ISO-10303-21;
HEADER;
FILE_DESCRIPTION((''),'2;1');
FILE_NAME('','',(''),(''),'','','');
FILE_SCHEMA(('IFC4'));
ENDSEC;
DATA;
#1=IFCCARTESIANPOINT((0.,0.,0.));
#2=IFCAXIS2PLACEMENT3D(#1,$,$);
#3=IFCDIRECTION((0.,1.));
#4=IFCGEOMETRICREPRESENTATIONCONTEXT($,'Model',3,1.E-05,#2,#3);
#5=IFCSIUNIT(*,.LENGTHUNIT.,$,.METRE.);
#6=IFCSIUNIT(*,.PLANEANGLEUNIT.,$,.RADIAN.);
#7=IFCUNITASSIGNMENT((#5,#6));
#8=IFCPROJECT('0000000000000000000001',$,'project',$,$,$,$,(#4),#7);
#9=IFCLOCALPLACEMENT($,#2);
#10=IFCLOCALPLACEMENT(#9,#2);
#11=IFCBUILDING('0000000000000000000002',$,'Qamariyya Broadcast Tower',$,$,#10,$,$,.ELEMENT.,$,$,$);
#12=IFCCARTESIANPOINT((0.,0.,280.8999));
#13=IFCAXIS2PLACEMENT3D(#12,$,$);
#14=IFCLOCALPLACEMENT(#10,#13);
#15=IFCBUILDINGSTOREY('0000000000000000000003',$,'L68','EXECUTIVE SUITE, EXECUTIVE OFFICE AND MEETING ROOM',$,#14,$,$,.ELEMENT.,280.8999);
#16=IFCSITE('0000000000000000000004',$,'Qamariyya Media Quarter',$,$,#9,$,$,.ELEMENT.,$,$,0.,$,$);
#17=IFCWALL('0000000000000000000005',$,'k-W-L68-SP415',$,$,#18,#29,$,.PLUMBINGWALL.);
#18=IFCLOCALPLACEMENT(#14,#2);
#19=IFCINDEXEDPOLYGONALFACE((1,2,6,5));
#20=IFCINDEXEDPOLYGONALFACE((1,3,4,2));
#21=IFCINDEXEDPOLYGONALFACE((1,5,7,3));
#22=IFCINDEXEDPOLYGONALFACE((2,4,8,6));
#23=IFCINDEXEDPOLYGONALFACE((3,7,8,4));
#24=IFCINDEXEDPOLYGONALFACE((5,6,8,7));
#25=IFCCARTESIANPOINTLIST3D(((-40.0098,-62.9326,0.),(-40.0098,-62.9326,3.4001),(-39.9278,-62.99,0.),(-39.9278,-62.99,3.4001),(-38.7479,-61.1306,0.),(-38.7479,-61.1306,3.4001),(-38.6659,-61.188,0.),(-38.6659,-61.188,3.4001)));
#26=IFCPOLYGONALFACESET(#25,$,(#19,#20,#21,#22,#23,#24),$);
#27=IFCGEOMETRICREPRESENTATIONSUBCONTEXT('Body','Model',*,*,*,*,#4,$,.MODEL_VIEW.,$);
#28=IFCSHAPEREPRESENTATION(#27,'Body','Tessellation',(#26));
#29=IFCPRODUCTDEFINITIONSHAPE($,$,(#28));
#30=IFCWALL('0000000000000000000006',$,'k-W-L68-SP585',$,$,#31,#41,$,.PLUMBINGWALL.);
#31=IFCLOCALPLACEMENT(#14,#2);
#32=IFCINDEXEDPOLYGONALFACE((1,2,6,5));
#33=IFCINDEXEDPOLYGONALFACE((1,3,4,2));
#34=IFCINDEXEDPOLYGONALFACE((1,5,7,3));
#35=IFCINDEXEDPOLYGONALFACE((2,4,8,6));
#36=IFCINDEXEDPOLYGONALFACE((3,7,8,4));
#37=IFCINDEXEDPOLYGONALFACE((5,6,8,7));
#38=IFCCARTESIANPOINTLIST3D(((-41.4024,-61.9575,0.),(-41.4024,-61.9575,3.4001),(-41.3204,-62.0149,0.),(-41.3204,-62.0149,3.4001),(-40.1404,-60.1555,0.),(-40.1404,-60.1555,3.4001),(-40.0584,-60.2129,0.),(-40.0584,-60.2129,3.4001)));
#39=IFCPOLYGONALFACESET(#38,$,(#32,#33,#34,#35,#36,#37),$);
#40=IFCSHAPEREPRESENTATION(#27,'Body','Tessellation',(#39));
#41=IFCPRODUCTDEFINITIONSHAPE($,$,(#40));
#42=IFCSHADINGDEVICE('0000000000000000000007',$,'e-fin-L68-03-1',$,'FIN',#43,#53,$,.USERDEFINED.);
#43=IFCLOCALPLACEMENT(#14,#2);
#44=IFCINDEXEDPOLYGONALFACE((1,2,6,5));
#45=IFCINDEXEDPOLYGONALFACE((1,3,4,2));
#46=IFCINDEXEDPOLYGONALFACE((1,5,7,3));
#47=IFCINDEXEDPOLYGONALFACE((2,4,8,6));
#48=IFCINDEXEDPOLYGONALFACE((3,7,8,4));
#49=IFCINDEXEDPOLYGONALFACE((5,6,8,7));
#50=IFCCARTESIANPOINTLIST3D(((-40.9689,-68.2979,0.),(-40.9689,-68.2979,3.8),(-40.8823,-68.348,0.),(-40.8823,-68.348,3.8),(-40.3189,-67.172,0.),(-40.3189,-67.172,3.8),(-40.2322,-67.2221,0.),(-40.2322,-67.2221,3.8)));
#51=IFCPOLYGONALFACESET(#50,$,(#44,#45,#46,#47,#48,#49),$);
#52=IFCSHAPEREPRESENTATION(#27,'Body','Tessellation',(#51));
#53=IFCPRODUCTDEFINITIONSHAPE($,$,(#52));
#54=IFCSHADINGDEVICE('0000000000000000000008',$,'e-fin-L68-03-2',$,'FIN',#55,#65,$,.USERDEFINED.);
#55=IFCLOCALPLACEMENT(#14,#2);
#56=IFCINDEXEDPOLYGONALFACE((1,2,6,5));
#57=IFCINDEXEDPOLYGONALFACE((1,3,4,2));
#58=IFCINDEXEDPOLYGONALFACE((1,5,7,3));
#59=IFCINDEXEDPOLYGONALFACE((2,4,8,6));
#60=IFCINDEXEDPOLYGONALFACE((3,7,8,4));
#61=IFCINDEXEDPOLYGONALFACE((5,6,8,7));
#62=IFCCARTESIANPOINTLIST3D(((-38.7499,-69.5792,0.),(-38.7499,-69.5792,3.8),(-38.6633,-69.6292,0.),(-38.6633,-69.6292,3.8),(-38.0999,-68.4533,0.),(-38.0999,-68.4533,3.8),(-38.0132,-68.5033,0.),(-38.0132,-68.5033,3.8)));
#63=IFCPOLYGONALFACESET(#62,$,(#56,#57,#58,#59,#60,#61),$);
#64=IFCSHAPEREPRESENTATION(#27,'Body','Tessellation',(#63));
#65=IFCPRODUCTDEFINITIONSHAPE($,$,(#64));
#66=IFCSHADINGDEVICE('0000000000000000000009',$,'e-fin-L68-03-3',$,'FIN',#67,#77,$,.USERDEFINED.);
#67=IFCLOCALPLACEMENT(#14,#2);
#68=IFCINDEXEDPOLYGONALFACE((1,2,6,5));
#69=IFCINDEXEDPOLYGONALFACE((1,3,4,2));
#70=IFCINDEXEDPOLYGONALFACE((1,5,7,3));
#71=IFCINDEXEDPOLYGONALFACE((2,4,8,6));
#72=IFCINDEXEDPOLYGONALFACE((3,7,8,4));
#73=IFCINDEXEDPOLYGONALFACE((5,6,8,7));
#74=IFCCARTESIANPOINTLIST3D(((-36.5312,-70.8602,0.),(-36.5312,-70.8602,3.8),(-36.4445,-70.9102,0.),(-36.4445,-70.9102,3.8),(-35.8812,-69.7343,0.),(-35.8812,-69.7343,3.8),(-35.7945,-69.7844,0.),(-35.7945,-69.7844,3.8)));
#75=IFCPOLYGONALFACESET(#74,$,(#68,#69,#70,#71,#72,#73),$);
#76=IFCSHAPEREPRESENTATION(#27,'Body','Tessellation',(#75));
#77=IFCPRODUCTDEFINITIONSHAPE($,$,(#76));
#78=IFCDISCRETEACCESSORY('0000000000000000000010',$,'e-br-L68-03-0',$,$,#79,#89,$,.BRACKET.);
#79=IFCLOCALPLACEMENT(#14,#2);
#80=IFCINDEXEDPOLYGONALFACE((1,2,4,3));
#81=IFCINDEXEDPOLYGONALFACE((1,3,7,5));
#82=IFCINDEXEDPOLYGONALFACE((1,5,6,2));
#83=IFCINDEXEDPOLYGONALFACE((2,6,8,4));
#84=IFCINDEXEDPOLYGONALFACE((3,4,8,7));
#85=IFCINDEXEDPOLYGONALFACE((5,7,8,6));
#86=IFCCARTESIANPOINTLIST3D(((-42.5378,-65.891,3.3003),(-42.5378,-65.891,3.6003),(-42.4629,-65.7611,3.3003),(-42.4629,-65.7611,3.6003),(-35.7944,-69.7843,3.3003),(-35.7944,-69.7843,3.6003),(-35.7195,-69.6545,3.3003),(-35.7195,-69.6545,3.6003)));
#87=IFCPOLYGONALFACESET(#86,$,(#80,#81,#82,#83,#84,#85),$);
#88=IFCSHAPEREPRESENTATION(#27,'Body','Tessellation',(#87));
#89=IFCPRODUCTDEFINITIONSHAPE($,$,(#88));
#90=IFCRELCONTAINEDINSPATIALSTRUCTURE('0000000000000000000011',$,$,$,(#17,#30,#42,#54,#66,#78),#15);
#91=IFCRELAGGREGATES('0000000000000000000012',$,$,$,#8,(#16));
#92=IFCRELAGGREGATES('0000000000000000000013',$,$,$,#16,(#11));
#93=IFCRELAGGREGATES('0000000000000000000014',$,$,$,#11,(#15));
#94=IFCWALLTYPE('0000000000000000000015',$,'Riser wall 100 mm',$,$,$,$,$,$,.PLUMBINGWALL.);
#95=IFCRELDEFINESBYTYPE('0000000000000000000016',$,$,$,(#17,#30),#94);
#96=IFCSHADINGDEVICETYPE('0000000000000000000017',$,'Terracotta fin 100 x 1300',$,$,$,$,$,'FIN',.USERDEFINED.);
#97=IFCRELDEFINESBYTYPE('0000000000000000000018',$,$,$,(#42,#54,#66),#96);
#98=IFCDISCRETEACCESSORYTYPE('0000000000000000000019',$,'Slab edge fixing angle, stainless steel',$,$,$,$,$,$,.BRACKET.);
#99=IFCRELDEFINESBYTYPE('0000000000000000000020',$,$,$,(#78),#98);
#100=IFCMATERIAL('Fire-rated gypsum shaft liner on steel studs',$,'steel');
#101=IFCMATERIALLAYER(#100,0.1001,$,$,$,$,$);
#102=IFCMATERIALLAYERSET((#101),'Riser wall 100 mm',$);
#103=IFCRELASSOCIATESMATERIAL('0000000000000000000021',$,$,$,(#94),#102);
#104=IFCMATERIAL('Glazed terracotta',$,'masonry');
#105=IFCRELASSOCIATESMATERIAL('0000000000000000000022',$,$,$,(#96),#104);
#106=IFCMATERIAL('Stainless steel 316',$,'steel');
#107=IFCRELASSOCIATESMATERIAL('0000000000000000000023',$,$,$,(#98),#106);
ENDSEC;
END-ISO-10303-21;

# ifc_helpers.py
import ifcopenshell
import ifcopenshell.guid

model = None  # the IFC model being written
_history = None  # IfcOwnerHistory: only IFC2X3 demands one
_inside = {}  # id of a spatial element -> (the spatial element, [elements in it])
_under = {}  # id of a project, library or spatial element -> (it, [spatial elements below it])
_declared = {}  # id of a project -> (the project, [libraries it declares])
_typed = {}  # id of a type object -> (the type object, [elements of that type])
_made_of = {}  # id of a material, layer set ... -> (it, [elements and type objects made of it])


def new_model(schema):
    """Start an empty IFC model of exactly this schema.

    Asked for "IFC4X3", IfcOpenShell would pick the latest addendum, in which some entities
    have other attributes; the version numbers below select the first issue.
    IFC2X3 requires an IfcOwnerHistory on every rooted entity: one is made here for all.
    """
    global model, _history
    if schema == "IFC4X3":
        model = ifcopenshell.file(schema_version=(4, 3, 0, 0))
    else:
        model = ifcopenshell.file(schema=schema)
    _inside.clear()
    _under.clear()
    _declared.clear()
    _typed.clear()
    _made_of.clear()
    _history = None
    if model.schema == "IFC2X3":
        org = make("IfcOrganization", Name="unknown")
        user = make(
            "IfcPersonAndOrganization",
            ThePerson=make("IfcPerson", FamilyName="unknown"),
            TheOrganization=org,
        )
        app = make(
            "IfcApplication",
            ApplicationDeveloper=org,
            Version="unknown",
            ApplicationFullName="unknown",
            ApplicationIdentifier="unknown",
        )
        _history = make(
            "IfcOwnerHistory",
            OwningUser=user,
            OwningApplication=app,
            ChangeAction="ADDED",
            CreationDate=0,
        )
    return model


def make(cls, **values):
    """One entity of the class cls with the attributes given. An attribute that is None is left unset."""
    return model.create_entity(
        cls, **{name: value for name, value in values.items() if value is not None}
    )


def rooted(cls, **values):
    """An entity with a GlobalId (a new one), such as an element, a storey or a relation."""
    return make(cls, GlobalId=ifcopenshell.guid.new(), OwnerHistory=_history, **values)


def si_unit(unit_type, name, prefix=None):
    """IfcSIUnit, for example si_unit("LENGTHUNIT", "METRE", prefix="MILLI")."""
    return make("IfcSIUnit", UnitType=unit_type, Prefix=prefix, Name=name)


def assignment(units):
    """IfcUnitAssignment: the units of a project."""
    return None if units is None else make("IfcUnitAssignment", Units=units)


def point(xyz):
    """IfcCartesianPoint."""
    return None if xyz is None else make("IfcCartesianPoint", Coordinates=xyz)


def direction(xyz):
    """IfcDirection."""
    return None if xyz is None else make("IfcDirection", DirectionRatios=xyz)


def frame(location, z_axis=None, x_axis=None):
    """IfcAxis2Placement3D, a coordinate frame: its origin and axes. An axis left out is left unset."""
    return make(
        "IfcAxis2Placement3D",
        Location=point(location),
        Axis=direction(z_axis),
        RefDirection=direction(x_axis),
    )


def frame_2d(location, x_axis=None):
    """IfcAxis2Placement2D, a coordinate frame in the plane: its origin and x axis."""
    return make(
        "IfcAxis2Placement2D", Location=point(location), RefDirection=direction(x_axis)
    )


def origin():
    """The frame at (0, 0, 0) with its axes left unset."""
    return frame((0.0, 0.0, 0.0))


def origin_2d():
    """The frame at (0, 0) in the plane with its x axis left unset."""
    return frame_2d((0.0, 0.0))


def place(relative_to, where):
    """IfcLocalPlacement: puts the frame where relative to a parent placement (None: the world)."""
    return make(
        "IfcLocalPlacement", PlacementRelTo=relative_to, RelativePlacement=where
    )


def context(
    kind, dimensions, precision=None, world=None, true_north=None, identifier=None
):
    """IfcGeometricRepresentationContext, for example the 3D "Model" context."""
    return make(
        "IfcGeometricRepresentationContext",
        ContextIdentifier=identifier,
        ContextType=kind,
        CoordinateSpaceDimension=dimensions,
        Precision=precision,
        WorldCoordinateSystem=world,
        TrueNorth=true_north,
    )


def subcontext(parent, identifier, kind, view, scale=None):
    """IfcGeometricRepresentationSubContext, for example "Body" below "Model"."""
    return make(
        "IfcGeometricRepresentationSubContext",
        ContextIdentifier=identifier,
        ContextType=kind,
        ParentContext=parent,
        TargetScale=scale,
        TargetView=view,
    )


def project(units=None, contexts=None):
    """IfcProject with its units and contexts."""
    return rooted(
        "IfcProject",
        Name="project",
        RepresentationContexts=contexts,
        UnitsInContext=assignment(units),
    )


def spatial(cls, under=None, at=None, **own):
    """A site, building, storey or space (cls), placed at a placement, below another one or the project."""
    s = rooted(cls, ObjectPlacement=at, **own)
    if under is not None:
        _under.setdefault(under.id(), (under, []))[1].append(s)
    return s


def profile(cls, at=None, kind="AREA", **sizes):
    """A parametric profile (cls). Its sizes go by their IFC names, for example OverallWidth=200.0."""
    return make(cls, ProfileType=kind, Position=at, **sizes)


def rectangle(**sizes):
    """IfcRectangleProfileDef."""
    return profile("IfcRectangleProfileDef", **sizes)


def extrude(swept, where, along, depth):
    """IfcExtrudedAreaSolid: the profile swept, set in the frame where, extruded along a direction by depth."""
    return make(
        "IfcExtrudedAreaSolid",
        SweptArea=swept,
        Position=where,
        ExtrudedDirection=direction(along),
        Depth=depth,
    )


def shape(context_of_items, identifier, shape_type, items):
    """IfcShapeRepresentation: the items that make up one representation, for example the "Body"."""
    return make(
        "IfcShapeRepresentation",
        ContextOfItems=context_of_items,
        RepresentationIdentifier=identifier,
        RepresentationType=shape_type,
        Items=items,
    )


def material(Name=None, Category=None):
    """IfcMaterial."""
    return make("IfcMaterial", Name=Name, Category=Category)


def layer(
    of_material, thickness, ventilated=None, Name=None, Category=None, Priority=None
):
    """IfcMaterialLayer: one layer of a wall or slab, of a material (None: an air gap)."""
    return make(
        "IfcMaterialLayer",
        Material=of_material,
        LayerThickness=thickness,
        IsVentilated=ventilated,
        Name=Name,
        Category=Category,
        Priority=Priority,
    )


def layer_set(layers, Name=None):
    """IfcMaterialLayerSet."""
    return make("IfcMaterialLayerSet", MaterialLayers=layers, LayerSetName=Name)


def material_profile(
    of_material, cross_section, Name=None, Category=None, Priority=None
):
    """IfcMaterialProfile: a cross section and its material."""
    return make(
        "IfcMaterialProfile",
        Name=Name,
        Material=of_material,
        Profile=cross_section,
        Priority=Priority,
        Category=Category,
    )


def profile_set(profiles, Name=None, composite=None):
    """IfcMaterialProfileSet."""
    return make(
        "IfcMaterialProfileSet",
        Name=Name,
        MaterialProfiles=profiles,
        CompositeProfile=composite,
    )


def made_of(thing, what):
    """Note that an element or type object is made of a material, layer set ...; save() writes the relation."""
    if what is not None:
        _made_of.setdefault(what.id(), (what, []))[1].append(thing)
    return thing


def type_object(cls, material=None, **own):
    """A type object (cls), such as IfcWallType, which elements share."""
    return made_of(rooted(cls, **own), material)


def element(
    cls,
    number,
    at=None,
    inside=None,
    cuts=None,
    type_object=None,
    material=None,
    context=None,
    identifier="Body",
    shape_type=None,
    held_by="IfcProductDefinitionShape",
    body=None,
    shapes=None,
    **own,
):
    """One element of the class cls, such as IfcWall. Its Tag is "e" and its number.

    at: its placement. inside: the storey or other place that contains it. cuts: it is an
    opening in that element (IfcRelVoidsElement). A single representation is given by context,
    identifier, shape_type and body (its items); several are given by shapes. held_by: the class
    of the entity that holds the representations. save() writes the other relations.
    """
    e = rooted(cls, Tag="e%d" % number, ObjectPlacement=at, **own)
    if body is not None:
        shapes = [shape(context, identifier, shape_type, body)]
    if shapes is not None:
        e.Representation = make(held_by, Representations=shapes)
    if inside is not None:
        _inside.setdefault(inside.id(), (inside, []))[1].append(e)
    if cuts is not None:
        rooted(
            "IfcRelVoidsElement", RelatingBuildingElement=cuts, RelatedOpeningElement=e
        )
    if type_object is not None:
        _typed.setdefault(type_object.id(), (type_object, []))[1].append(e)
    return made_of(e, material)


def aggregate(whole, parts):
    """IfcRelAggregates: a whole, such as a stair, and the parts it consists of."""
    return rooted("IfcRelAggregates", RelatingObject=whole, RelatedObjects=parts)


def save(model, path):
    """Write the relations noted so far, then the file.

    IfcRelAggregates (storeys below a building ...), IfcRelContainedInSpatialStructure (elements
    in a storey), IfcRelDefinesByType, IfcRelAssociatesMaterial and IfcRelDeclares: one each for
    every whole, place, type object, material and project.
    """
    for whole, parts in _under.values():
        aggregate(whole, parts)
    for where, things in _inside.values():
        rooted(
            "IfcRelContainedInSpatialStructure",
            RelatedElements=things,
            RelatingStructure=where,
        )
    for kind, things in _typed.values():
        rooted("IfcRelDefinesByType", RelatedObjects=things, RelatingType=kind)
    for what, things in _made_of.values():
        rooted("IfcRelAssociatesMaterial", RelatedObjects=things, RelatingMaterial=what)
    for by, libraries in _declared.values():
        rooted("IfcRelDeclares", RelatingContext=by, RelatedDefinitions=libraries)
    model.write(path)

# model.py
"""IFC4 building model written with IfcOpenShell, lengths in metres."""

from ifc_helpers import new_model, si_unit, direction, frame, frame_2d, origin, origin_2d, place, context, subcontext, project, spatial, rectangle, extrude, material, layer, layer_set, material_profile, profile_set, type_object, element, save


model = new_model("IFC4")

# Units and contexts
model_context = context("Model", 3, precision=1e-05, world=origin(), true_north=direction((0.0, 1.0)))
body_context = subcontext(model_context, "Body", "Model", "MODEL_VIEW")
ifc_project = project(units=[si_unit("LENGTHUNIT", "METRE"), si_unit("PLANEANGLEUNIT", "RADIAN")], contexts=[model_context])

# Site, building, storey
site_placement = place(None, origin())
site = spatial("IfcSite", under=ifc_project, at=site_placement, Name="Qamariyya Media Quarter", CompositionType="ELEMENT", RefElevation=0.0)
building_placement = place(site_placement, origin())
building = spatial("IfcBuilding", under=site, at=building_placement, Name="Qamariyya Broadcast Tower", CompositionType="ELEMENT")
storey_placement = place(building_placement, frame((0.0, 0.0, 280.8999)))
storey = spatial("IfcBuildingStorey", under=building, at=storey_placement, Name="L68", Description="EXECUTIVE SUITE, EXECUTIVE OFFICE AND MEETING ROOM", CompositionType="ELEMENT", Elevation=280.8999)

# Walls
ifc_material_1 = material(Name="Fire-rated gypsum shaft liner on steel studs", Category="steel")
ifc_layer_1 = layer(ifc_material_1, 0.1001)
ifc_layer_set_1 = layer_set([ifc_layer_1], Name="Riser wall 100 mm")
wall_type_1 = type_object("IfcWallType", Name="Riser wall 100 mm", PredefinedType="PLUMBINGWALL", material=ifc_layer_set_1)
for number, where, z_axis, x_axis, name in (
    (1, (-38.7068, -61.1592, 0.0), (0.0, 0.0, 1.0), (-0.573634, -0.819112, 0.0), "k-W-L68-SP415"),
    (2, (-40.0994, -60.1841, 0.0), (0.0, 0.0, 1.0), (-0.573634, -0.819112, 0.0), "k-W-L68-SP585"),
):
    element("IfcWall", number, at=place(storey_placement, frame(where, z_axis=z_axis, x_axis=x_axis)), inside=storey, type_object=wall_type_1, Name=name, PredefinedType="PLUMBINGWALL", context=body_context, shape_type="SweptSolid", body=[
        extrude(rectangle(XDim=2.2, YDim=0.1001, at=frame_2d((1.1001, 0.0))), origin(), (0.0, 0.0, 1.0), 3.4001),
    ])

# Shading devices
ifc_material_2 = material(Name="Glazed terracotta", Category="masonry")
ifc_material_profile_1 = material_profile(ifc_material_2, rectangle(XDim=1.3, YDim=0.1001, at=origin_2d()))
ifc_profile_set_1 = profile_set([ifc_material_profile_1], Name="Glazed terracotta")
shading_device_type_1 = type_object("IfcShadingDeviceType", Name="Terracotta fin 100 x 1300", ElementType="FIN", PredefinedType="USERDEFINED", material=ifc_profile_set_1)
for number, where, z_axis, x_axis, name in (
    (3, (-40.6006, -67.76, 0.0), (0.0, 0.0, 1.0), (-0.5, -0.866025, 0.0), "e-fin-L68-03-1"),
    (4, (-38.3816, -69.0413, 0.0), (0.0, 0.0, 1.0), (-0.5, -0.866025, 0.0), "e-fin-L68-03-2"),
    (5, (-36.1628, -70.3223, 0.0), (0.0, 0.0, 1.0), (-0.5, -0.866025, 0.0), "e-fin-L68-03-3"),
):
    element("IfcShadingDevice", number, at=place(storey_placement, frame(where, z_axis=z_axis, x_axis=x_axis)), inside=storey, type_object=shading_device_type_1, Name=name, ObjectType="FIN", PredefinedType="USERDEFINED", context=body_context, shape_type="SweptSolid", body=[
        extrude(rectangle(XDim=1.3, YDim=0.1001, at=origin_2d()), origin(), (0.0, 0.0, 1.0), 3.8),
    ])

# Discrete accessory
ifc_material_3 = material(Name="Stainless steel 316", Category="steel")
discrete_accessory_type = type_object("IfcDiscreteAccessoryType", Name="Slab edge fixing angle, stainless steel", PredefinedType="BRACKET", material=ifc_material_3)
discrete_accessory_placement = place(storey_placement, frame((-39.1287, -67.7727, 3.3003), z_axis=(0.0, 0.0, 1.0), x_axis=(0.866025, -0.5, 0.0)))
element("IfcDiscreteAccessory", 6, at=discrete_accessory_placement, inside=storey, type_object=discrete_accessory_type, Name="e-br-L68-03-0", PredefinedType="BRACKET", context=body_context, shape_type="SweptSolid", body=[
    extrude(rectangle(XDim=7.7866, YDim=0.1499, at=origin_2d()), origin(), (0.0, 0.0, 1.0), 0.3),
])

save(model, "model.ifc")
